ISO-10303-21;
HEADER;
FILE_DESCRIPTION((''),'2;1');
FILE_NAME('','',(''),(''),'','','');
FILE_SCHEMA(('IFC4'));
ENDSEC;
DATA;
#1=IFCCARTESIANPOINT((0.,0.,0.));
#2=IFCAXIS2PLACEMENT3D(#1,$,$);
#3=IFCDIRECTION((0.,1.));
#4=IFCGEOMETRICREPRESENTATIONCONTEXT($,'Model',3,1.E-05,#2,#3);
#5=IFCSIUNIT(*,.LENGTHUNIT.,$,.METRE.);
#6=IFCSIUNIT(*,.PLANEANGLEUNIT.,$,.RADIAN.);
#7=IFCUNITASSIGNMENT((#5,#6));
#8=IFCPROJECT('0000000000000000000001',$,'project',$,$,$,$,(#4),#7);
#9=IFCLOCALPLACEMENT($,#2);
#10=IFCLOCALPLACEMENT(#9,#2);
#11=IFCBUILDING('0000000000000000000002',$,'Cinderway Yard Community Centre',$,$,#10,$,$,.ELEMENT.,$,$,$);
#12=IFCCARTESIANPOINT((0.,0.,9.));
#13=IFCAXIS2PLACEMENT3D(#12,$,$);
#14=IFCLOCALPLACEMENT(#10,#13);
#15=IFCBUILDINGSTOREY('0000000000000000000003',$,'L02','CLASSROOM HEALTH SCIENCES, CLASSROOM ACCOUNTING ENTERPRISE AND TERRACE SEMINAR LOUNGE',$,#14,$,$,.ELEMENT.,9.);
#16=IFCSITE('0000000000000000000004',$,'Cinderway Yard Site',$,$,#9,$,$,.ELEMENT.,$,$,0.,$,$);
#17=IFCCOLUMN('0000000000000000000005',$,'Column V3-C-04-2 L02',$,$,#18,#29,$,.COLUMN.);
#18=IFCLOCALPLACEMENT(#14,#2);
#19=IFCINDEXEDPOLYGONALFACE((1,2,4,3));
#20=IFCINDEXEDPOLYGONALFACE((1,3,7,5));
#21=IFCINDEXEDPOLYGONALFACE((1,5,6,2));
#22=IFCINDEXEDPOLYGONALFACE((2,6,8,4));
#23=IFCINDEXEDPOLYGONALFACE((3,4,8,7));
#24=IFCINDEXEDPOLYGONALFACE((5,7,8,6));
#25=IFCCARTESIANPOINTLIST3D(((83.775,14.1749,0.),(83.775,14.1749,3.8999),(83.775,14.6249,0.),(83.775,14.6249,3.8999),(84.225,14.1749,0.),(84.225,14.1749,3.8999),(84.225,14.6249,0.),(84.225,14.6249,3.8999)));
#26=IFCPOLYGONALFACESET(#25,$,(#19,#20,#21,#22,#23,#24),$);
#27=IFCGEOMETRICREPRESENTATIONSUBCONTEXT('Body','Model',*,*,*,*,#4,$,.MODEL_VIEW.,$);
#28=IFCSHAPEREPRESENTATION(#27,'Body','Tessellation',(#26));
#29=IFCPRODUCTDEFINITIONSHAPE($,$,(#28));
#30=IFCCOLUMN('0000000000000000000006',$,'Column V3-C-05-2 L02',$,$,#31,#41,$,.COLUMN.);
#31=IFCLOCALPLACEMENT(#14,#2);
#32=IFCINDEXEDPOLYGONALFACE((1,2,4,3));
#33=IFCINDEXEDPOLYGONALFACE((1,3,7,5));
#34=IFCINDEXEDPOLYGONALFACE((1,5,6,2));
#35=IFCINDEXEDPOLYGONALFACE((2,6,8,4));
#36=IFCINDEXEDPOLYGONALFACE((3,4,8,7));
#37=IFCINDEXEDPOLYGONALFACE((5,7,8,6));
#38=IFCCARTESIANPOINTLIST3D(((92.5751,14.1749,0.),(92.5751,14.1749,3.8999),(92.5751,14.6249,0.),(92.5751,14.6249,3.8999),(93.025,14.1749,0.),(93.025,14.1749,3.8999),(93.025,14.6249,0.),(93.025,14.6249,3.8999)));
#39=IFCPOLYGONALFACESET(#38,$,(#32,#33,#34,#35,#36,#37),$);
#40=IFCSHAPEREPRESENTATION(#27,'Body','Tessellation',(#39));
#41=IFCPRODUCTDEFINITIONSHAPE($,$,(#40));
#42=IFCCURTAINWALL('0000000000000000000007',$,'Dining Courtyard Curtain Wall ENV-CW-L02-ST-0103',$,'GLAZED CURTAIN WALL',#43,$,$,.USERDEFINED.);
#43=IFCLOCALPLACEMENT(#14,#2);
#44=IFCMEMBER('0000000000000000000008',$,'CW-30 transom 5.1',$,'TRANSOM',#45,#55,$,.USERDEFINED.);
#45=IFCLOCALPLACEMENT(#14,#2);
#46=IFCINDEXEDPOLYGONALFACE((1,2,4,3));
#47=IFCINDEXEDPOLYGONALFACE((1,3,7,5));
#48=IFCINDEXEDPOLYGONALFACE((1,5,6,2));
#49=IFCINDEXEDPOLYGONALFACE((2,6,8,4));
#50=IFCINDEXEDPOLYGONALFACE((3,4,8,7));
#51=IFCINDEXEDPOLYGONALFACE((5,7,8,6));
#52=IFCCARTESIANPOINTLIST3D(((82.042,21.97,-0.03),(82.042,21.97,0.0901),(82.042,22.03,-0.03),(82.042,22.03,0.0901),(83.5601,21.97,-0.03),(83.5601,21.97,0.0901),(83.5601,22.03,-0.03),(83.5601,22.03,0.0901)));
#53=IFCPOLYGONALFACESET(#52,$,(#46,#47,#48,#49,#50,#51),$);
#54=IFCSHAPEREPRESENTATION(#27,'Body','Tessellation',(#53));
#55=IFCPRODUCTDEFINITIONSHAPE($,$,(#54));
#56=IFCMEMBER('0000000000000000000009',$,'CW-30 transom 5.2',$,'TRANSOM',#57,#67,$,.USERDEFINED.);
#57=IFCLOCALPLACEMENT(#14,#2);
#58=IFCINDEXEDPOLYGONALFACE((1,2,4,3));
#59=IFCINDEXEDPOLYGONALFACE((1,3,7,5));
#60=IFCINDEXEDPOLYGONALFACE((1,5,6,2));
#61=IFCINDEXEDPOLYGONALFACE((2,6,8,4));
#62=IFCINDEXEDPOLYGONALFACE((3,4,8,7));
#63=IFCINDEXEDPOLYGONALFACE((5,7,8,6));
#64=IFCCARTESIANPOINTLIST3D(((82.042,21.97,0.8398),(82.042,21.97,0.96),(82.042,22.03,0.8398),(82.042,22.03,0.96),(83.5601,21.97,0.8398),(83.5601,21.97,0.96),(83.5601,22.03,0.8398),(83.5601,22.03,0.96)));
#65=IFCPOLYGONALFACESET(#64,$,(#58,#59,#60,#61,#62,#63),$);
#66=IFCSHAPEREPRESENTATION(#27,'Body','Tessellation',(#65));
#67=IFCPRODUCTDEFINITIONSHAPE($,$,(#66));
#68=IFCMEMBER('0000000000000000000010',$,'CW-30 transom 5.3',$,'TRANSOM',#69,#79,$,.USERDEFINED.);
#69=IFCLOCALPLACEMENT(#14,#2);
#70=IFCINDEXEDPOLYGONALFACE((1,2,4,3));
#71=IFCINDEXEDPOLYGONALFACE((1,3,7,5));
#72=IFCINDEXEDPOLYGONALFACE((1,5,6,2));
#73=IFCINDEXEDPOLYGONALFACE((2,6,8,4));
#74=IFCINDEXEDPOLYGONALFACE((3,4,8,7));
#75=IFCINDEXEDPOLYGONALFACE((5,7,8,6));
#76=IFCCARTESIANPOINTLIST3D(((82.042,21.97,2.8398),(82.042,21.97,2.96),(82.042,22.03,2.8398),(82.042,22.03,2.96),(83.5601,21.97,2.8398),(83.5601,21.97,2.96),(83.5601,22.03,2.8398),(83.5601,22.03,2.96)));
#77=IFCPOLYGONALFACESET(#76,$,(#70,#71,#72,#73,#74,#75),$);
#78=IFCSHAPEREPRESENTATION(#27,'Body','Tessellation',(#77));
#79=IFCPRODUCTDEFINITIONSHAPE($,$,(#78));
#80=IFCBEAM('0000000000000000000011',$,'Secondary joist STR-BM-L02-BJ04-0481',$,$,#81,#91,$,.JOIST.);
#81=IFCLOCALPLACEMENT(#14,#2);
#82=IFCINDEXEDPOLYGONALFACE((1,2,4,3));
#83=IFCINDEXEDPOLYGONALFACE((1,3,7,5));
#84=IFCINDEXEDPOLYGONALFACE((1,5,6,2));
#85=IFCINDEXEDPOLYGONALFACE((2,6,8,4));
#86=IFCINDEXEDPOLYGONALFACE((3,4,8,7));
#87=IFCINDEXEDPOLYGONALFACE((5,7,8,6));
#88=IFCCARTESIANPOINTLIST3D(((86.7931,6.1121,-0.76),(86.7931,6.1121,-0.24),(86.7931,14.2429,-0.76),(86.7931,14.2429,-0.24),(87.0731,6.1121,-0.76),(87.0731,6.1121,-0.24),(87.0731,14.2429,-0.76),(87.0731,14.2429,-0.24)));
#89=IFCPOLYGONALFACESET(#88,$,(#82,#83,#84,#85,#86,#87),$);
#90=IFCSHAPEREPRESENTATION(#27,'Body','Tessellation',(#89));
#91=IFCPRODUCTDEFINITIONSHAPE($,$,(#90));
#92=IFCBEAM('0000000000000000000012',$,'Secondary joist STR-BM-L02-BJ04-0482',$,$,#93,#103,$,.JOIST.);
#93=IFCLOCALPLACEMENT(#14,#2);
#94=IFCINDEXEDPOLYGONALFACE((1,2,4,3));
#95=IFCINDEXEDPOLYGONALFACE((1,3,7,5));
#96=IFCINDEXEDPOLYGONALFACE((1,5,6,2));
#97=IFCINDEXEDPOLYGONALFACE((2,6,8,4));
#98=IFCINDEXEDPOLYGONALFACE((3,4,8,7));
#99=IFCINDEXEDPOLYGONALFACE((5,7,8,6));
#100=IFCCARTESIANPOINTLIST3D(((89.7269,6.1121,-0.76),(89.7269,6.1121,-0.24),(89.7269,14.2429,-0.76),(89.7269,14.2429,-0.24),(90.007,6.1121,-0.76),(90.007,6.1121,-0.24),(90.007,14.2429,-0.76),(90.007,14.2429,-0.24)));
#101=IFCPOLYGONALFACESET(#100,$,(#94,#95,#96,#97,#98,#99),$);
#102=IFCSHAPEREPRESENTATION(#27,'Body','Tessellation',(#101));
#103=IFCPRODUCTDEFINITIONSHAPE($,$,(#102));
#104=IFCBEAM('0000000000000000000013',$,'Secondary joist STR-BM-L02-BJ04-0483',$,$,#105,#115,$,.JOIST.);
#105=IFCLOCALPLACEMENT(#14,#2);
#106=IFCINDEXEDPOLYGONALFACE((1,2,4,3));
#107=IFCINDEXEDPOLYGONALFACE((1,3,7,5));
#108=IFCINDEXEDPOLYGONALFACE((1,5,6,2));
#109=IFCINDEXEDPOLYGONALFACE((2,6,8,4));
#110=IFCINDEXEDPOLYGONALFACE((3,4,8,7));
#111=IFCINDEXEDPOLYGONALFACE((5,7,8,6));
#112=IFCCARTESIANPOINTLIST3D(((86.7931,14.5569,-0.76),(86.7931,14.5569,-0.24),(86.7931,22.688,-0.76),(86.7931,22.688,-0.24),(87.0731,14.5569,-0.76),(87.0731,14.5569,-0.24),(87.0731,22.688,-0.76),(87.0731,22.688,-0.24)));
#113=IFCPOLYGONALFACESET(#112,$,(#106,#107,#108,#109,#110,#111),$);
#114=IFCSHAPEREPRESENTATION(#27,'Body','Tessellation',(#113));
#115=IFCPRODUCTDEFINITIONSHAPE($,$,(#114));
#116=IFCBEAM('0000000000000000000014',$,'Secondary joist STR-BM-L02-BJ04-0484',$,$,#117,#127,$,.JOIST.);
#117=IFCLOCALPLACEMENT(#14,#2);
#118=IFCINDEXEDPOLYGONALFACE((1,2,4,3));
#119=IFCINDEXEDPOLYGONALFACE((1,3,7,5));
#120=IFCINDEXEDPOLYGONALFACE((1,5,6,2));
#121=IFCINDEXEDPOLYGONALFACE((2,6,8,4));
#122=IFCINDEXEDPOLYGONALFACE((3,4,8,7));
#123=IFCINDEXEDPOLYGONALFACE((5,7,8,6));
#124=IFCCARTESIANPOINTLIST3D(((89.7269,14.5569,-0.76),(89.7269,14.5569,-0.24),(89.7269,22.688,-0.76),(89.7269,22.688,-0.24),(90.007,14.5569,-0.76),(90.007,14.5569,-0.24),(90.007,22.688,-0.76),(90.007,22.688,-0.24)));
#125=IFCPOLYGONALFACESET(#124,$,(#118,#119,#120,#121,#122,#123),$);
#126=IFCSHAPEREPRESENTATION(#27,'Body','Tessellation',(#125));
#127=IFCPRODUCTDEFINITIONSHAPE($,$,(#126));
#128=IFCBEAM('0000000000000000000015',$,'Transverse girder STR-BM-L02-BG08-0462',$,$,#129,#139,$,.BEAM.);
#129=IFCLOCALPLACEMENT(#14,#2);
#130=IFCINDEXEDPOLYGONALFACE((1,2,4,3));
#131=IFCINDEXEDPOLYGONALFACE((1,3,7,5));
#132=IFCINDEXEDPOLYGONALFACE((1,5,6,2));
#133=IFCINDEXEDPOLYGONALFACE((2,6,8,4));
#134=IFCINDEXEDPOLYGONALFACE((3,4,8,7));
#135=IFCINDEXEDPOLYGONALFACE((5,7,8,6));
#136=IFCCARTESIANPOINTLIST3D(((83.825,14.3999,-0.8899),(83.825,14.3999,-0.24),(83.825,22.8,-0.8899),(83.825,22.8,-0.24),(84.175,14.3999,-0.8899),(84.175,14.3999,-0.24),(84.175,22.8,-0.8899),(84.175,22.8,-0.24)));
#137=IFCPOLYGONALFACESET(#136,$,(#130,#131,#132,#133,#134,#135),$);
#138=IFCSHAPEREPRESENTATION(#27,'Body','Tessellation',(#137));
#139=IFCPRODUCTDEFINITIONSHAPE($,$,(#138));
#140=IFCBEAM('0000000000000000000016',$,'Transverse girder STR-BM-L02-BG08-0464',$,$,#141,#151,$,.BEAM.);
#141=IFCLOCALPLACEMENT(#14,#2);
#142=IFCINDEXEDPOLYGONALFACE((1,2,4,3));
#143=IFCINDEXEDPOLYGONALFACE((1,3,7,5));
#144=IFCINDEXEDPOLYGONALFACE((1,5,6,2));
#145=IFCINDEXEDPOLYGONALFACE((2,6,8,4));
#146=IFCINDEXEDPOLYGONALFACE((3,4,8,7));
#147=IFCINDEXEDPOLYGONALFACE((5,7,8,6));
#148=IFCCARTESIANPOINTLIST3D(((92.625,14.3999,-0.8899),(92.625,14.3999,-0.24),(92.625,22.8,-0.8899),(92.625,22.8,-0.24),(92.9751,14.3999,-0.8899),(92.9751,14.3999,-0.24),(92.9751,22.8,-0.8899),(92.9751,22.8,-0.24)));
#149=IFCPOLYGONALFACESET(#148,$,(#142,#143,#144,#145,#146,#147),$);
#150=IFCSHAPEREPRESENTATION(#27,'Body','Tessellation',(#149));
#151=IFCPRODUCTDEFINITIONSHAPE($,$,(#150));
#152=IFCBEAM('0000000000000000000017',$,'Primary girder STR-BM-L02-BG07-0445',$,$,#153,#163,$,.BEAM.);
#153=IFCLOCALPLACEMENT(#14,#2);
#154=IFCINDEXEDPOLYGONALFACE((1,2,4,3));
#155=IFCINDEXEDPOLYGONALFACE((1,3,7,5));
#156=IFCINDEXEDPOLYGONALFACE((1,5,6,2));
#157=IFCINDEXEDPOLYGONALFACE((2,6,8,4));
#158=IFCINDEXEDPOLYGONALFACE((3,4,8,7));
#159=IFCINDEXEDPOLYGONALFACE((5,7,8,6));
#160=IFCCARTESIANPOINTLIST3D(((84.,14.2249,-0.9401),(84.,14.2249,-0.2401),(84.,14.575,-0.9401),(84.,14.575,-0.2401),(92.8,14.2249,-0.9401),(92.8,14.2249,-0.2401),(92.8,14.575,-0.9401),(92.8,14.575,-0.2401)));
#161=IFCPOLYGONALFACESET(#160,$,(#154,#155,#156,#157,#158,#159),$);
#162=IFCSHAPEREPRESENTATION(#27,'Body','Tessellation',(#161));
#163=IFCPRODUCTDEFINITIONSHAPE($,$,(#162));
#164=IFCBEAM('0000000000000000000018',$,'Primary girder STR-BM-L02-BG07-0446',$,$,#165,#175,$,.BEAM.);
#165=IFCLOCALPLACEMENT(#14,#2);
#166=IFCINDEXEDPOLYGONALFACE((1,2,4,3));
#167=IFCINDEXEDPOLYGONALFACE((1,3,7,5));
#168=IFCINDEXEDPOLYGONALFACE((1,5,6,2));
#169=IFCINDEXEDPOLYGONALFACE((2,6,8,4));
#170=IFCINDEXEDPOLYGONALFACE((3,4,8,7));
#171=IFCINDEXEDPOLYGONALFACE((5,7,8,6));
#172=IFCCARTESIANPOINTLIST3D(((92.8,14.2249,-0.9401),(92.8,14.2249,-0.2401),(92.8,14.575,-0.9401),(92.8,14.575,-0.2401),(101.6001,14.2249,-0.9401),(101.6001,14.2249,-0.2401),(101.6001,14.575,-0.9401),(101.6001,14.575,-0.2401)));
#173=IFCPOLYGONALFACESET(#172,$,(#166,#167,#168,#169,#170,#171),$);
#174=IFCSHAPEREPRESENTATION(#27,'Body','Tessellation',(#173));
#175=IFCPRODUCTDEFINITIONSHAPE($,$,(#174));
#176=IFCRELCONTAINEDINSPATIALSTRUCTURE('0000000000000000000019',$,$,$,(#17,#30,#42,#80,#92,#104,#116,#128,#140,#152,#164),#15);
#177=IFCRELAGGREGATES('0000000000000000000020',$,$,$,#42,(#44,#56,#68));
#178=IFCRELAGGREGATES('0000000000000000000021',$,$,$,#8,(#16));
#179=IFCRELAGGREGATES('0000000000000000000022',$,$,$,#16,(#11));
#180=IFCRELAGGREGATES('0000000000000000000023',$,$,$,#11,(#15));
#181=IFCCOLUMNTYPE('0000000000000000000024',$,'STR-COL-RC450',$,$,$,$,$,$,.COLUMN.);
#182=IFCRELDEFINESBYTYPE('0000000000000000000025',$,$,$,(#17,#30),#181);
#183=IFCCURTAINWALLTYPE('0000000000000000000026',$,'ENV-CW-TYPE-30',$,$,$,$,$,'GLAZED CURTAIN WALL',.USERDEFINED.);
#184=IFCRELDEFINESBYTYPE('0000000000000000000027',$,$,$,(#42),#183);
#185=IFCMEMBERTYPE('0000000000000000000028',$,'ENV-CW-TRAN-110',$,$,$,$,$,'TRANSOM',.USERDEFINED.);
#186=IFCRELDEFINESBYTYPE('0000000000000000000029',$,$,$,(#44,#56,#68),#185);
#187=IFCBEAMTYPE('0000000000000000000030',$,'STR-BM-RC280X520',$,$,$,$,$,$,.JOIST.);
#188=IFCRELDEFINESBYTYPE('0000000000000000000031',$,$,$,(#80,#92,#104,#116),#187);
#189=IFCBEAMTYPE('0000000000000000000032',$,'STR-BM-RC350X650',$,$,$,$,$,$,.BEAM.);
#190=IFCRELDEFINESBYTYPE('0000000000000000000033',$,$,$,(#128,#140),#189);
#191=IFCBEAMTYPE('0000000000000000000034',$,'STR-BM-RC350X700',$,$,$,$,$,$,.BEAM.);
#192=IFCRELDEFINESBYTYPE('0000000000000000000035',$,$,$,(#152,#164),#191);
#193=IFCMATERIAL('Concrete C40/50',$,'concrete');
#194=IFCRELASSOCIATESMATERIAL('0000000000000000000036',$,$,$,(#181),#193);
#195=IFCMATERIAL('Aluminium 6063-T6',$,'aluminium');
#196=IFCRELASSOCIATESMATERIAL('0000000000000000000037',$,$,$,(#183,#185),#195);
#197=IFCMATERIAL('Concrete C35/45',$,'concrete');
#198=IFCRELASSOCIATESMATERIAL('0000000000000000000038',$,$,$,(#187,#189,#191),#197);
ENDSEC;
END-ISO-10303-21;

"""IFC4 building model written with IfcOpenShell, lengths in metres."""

from ifc_helpers import new_model, si_unit, direction, frame, origin, origin_2d, place, context, subcontext, project, spatial, rectangle, extrude, material, material_profile, profile_set, type_object, element, aggregate, save


model = new_model("IFC4")

# Units and contexts
model_context = context("Model", 3, precision=1e-05, world=origin(), true_north=direction((0.0, 1.0)))
body_context = subcontext(model_context, "Body", "Model", "MODEL_VIEW")
ifc_project = project(units=[si_unit("LENGTHUNIT", "METRE"), si_unit("PLANEANGLEUNIT", "RADIAN")], contexts=[model_context])

# Site, building, storey
site_placement = place(None, origin())
site = spatial("IfcSite", under=ifc_project, at=site_placement, Name="Cinderway Yard Site", CompositionType="ELEMENT", RefElevation=0.0)
building_placement = place(site_placement, origin())
building = spatial("IfcBuilding", under=site, at=building_placement, Name="Cinderway Yard Community Centre", CompositionType="ELEMENT")
storey_placement = place(building_placement, frame((0.0, 0.0, 9.0)))
storey = spatial("IfcBuildingStorey", under=building, at=storey_placement, Name="L02", Description="CLASSROOM HEALTH SCIENCES, CLASSROOM ACCOUNTING ENTERPRISE AND TERRACE SEMINAR LOUNGE", CompositionType="ELEMENT", Elevation=9.0)

# Columns
ifc_material_1 = material(Name="Concrete C40/50", Category="concrete")
ifc_material_profile_1 = material_profile(ifc_material_1, rectangle(XDim=0.45, YDim=0.45, at=origin_2d()), Name="Concrete C40/50")
ifc_profile_set_1 = profile_set([ifc_material_profile_1], Name="Concrete C40/50")
column_type = type_object("IfcColumnType", Name="STR-COL-RC450", PredefinedType="COLUMN", material=ifc_profile_set_1)
for number, where, z_axis, x_axis, name in (
    (1, (84.0, 14.3999, 0.0), (0.0, 0.0, 1.0), (1.0, 0.0, 0.0), "Column V3-C-04-2 L02"),
    (2, (92.8, 14.3999, 0.0), (0.0, 0.0, 1.0), (1.0, 0.0, 0.0), "Column V3-C-05-2 L02"),
):
    element("IfcColumn", number, at=place(storey_placement, frame(where, z_axis=z_axis, x_axis=x_axis)), inside=storey, type_object=column_type, Name=name, PredefinedType="COLUMN", context=body_context, shape_type="SweptSolid", body=[
        extrude(rectangle(XDim=0.45, YDim=0.45, at=origin_2d()), origin(), (0.0, 0.0, 1.0), 3.8999),
    ])

# Curtain wall, members
ifc_material_2 = material(Name="Aluminium 6063-T6", Category="aluminium")
curtain_wall_type = type_object("IfcCurtainWallType", Name="ENV-CW-TYPE-30", ElementType="GLAZED CURTAIN WALL", PredefinedType="USERDEFINED", material=ifc_material_2)
curtain_wall_placement = place(storey_placement, origin())
curtain_wall = element("IfcCurtainWall", 3, at=curtain_wall_placement, inside=storey, type_object=curtain_wall_type, Name="Dining Courtyard Curtain Wall ENV-CW-L02-ST-0103", ObjectType="GLAZED CURTAIN WALL", PredefinedType="USERDEFINED")
ifc_material_profile_2 = material_profile(ifc_material_2, rectangle(XDim=0.0601, YDim=0.1201, at=origin_2d()), Name="Aluminium 6063-T6")
ifc_profile_set_2 = profile_set([ifc_material_profile_2], Name="Aluminium 6063-T6")
member_type = type_object("IfcMemberType", Name="ENV-CW-TRAN-110", ElementType="TRANSOM", PredefinedType="USERDEFINED", material=ifc_profile_set_2)
member_1_placement = place(storey_placement, frame((82.042, 22.0, 0.03), z_axis=(1.0, 0.0, 0.0), x_axis=(0.0, 1.0, 0.0)))
member_1 = element("IfcMember", 4, at=member_1_placement, type_object=member_type, Name="CW-30 transom 5.1", ObjectType="TRANSOM", PredefinedType="USERDEFINED", context=body_context, shape_type="SweptSolid", body=[
    extrude(rectangle(XDim=0.0601, YDim=0.1201, at=origin_2d()), origin(), (0.0, 0.0, 1.0), 1.5181),
])
member_2_placement = place(storey_placement, frame((82.042, 22.0, 0.8999), z_axis=(1.0, 0.0, 0.0), x_axis=(0.0, 1.0, 0.0)))
member_2 = element("IfcMember", 5, at=member_2_placement, type_object=member_type, Name="CW-30 transom 5.2", ObjectType="TRANSOM", PredefinedType="USERDEFINED", context=body_context, shape_type="SweptSolid", body=[
    extrude(rectangle(XDim=0.0601, YDim=0.1201, at=origin_2d()), origin(), (0.0, 0.0, 1.0), 1.5181),
])
member_3_placement = place(storey_placement, frame((82.042, 22.0, 2.8999), z_axis=(1.0, 0.0, 0.0), x_axis=(0.0, 1.0, 0.0)))
member_3 = element("IfcMember", 6, at=member_3_placement, type_object=member_type, Name="CW-30 transom 5.3", ObjectType="TRANSOM", PredefinedType="USERDEFINED", context=body_context, shape_type="SweptSolid", body=[
    extrude(rectangle(XDim=0.0601, YDim=0.1201, at=origin_2d()), origin(), (0.0, 0.0, 1.0), 1.5181),
])
aggregate(curtain_wall, [member_1, member_2, member_3])

# Beams
ifc_material_3 = material(Name="Concrete C35/45", Category="concrete")
ifc_material_profile_3 = material_profile(ifc_material_3, rectangle(XDim=0.28, YDim=0.52, at=origin_2d()), Name="Concrete C35/45")
ifc_profile_set_3 = profile_set([ifc_material_profile_3], Name="Concrete C35/45")
beam_type_1 = type_object("IfcBeamType", Name="STR-BM-RC280X520", PredefinedType="JOIST", material=ifc_profile_set_3)
for number, where, z_axis, x_axis, name in (
    (7, (86.9331, 6.1121, -0.5), (0.0, 1.0, 0.0), (-1.0, 0.0, 0.0), "Secondary joist STR-BM-L02-BJ04-0481"),
    (8, (89.8669, 6.1121, -0.5), (0.0, 1.0, 0.0), (-1.0, 0.0, 0.0), "Secondary joist STR-BM-L02-BJ04-0482"),
):
    element("IfcBeam", number, at=place(storey_placement, frame(where, z_axis=z_axis, x_axis=x_axis)), inside=storey, type_object=beam_type_1, Name=name, PredefinedType="JOIST", context=body_context, shape_type="SweptSolid", body=[
        extrude(rectangle(XDim=0.28, YDim=0.52, at=origin_2d()), origin(), (0.0, 0.0, 1.0), 8.1309),
    ])
for number, where, z_axis, x_axis, name in (
    (9, (86.9331, 14.5569, -0.5), (0.0, 1.0, 0.0), (-1.0, 0.0, 0.0), "Secondary joist STR-BM-L02-BJ04-0483"),
    (10, (89.8669, 14.5569, -0.5), (0.0, 1.0, 0.0), (-1.0, 0.0, 0.0), "Secondary joist STR-BM-L02-BJ04-0484"),
):
    element("IfcBeam", number, at=place(storey_placement, frame(where, z_axis=z_axis, x_axis=x_axis)), inside=storey, type_object=beam_type_1, Name=name, PredefinedType="JOIST", context=body_context, shape_type="SweptSolid", body=[
        extrude(rectangle(XDim=0.28, YDim=0.52, at=origin_2d()), origin(), (0.0, 0.0, 1.0), 8.1311),
    ])
ifc_material_profile_4 = material_profile(ifc_material_3, rectangle(XDim=0.3501, YDim=0.6499, at=origin_2d()), Name="Concrete C35/45")
ifc_profile_set_4 = profile_set([ifc_material_profile_4], Name="Concrete C35/45")
beam_type_2 = type_object("IfcBeamType", Name="STR-BM-RC350X650", PredefinedType="BEAM", material=ifc_profile_set_4)
for number, where, z_axis, x_axis, name in (
    (11, (84.0, 14.3999, -0.5649), (0.0, 1.0, 0.0), (-1.0, 0.0, 0.0), "Transverse girder STR-BM-L02-BG08-0462"),
    (12, (92.8, 14.3999, -0.5649), (0.0, 1.0, 0.0), (-1.0, 0.0, 0.0), "Transverse girder STR-BM-L02-BG08-0464"),
):
    element("IfcBeam", number, at=place(storey_placement, frame(where, z_axis=z_axis, x_axis=x_axis)), inside=storey, type_object=beam_type_2, Name=name, PredefinedType="BEAM", context=body_context, shape_type="SweptSolid", body=[
        extrude(rectangle(XDim=0.3501, YDim=0.6499, at=origin_2d()), origin(), (0.0, 0.0, 1.0), 8.4001),
    ])
ifc_material_profile_5 = material_profile(ifc_material_3, rectangle(XDim=0.3501, YDim=0.7, at=origin_2d()), Name="Concrete C35/45")
ifc_profile_set_5 = profile_set([ifc_material_profile_5], Name="Concrete C35/45")
beam_type_3 = type_object("IfcBeamType", Name="STR-BM-RC350X700", PredefinedType="BEAM", material=ifc_profile_set_5)
for number, where, z_axis, x_axis, name in (
    (13, (84.0, 14.3999, -0.5901), (1.0, 0.0, 0.0), (0.0, 1.0, 0.0), "Primary girder STR-BM-L02-BG07-0445"),
    (14, (92.8, 14.3999, -0.5901), (1.0, 0.0, 0.0), (0.0, 1.0, 0.0), "Primary girder STR-BM-L02-BG07-0446"),
):
    element("IfcBeam", number, at=place(storey_placement, frame(where, z_axis=z_axis, x_axis=x_axis)), inside=storey, type_object=beam_type_3, Name=name, PredefinedType="BEAM", context=body_context, shape_type="SweptSolid", body=[
        extrude(rectangle(XDim=0.3501, YDim=0.7, at=origin_2d()), origin(), (0.0, 0.0, 1.0), 8.8),
    ])

save(model, "model.ifc")
